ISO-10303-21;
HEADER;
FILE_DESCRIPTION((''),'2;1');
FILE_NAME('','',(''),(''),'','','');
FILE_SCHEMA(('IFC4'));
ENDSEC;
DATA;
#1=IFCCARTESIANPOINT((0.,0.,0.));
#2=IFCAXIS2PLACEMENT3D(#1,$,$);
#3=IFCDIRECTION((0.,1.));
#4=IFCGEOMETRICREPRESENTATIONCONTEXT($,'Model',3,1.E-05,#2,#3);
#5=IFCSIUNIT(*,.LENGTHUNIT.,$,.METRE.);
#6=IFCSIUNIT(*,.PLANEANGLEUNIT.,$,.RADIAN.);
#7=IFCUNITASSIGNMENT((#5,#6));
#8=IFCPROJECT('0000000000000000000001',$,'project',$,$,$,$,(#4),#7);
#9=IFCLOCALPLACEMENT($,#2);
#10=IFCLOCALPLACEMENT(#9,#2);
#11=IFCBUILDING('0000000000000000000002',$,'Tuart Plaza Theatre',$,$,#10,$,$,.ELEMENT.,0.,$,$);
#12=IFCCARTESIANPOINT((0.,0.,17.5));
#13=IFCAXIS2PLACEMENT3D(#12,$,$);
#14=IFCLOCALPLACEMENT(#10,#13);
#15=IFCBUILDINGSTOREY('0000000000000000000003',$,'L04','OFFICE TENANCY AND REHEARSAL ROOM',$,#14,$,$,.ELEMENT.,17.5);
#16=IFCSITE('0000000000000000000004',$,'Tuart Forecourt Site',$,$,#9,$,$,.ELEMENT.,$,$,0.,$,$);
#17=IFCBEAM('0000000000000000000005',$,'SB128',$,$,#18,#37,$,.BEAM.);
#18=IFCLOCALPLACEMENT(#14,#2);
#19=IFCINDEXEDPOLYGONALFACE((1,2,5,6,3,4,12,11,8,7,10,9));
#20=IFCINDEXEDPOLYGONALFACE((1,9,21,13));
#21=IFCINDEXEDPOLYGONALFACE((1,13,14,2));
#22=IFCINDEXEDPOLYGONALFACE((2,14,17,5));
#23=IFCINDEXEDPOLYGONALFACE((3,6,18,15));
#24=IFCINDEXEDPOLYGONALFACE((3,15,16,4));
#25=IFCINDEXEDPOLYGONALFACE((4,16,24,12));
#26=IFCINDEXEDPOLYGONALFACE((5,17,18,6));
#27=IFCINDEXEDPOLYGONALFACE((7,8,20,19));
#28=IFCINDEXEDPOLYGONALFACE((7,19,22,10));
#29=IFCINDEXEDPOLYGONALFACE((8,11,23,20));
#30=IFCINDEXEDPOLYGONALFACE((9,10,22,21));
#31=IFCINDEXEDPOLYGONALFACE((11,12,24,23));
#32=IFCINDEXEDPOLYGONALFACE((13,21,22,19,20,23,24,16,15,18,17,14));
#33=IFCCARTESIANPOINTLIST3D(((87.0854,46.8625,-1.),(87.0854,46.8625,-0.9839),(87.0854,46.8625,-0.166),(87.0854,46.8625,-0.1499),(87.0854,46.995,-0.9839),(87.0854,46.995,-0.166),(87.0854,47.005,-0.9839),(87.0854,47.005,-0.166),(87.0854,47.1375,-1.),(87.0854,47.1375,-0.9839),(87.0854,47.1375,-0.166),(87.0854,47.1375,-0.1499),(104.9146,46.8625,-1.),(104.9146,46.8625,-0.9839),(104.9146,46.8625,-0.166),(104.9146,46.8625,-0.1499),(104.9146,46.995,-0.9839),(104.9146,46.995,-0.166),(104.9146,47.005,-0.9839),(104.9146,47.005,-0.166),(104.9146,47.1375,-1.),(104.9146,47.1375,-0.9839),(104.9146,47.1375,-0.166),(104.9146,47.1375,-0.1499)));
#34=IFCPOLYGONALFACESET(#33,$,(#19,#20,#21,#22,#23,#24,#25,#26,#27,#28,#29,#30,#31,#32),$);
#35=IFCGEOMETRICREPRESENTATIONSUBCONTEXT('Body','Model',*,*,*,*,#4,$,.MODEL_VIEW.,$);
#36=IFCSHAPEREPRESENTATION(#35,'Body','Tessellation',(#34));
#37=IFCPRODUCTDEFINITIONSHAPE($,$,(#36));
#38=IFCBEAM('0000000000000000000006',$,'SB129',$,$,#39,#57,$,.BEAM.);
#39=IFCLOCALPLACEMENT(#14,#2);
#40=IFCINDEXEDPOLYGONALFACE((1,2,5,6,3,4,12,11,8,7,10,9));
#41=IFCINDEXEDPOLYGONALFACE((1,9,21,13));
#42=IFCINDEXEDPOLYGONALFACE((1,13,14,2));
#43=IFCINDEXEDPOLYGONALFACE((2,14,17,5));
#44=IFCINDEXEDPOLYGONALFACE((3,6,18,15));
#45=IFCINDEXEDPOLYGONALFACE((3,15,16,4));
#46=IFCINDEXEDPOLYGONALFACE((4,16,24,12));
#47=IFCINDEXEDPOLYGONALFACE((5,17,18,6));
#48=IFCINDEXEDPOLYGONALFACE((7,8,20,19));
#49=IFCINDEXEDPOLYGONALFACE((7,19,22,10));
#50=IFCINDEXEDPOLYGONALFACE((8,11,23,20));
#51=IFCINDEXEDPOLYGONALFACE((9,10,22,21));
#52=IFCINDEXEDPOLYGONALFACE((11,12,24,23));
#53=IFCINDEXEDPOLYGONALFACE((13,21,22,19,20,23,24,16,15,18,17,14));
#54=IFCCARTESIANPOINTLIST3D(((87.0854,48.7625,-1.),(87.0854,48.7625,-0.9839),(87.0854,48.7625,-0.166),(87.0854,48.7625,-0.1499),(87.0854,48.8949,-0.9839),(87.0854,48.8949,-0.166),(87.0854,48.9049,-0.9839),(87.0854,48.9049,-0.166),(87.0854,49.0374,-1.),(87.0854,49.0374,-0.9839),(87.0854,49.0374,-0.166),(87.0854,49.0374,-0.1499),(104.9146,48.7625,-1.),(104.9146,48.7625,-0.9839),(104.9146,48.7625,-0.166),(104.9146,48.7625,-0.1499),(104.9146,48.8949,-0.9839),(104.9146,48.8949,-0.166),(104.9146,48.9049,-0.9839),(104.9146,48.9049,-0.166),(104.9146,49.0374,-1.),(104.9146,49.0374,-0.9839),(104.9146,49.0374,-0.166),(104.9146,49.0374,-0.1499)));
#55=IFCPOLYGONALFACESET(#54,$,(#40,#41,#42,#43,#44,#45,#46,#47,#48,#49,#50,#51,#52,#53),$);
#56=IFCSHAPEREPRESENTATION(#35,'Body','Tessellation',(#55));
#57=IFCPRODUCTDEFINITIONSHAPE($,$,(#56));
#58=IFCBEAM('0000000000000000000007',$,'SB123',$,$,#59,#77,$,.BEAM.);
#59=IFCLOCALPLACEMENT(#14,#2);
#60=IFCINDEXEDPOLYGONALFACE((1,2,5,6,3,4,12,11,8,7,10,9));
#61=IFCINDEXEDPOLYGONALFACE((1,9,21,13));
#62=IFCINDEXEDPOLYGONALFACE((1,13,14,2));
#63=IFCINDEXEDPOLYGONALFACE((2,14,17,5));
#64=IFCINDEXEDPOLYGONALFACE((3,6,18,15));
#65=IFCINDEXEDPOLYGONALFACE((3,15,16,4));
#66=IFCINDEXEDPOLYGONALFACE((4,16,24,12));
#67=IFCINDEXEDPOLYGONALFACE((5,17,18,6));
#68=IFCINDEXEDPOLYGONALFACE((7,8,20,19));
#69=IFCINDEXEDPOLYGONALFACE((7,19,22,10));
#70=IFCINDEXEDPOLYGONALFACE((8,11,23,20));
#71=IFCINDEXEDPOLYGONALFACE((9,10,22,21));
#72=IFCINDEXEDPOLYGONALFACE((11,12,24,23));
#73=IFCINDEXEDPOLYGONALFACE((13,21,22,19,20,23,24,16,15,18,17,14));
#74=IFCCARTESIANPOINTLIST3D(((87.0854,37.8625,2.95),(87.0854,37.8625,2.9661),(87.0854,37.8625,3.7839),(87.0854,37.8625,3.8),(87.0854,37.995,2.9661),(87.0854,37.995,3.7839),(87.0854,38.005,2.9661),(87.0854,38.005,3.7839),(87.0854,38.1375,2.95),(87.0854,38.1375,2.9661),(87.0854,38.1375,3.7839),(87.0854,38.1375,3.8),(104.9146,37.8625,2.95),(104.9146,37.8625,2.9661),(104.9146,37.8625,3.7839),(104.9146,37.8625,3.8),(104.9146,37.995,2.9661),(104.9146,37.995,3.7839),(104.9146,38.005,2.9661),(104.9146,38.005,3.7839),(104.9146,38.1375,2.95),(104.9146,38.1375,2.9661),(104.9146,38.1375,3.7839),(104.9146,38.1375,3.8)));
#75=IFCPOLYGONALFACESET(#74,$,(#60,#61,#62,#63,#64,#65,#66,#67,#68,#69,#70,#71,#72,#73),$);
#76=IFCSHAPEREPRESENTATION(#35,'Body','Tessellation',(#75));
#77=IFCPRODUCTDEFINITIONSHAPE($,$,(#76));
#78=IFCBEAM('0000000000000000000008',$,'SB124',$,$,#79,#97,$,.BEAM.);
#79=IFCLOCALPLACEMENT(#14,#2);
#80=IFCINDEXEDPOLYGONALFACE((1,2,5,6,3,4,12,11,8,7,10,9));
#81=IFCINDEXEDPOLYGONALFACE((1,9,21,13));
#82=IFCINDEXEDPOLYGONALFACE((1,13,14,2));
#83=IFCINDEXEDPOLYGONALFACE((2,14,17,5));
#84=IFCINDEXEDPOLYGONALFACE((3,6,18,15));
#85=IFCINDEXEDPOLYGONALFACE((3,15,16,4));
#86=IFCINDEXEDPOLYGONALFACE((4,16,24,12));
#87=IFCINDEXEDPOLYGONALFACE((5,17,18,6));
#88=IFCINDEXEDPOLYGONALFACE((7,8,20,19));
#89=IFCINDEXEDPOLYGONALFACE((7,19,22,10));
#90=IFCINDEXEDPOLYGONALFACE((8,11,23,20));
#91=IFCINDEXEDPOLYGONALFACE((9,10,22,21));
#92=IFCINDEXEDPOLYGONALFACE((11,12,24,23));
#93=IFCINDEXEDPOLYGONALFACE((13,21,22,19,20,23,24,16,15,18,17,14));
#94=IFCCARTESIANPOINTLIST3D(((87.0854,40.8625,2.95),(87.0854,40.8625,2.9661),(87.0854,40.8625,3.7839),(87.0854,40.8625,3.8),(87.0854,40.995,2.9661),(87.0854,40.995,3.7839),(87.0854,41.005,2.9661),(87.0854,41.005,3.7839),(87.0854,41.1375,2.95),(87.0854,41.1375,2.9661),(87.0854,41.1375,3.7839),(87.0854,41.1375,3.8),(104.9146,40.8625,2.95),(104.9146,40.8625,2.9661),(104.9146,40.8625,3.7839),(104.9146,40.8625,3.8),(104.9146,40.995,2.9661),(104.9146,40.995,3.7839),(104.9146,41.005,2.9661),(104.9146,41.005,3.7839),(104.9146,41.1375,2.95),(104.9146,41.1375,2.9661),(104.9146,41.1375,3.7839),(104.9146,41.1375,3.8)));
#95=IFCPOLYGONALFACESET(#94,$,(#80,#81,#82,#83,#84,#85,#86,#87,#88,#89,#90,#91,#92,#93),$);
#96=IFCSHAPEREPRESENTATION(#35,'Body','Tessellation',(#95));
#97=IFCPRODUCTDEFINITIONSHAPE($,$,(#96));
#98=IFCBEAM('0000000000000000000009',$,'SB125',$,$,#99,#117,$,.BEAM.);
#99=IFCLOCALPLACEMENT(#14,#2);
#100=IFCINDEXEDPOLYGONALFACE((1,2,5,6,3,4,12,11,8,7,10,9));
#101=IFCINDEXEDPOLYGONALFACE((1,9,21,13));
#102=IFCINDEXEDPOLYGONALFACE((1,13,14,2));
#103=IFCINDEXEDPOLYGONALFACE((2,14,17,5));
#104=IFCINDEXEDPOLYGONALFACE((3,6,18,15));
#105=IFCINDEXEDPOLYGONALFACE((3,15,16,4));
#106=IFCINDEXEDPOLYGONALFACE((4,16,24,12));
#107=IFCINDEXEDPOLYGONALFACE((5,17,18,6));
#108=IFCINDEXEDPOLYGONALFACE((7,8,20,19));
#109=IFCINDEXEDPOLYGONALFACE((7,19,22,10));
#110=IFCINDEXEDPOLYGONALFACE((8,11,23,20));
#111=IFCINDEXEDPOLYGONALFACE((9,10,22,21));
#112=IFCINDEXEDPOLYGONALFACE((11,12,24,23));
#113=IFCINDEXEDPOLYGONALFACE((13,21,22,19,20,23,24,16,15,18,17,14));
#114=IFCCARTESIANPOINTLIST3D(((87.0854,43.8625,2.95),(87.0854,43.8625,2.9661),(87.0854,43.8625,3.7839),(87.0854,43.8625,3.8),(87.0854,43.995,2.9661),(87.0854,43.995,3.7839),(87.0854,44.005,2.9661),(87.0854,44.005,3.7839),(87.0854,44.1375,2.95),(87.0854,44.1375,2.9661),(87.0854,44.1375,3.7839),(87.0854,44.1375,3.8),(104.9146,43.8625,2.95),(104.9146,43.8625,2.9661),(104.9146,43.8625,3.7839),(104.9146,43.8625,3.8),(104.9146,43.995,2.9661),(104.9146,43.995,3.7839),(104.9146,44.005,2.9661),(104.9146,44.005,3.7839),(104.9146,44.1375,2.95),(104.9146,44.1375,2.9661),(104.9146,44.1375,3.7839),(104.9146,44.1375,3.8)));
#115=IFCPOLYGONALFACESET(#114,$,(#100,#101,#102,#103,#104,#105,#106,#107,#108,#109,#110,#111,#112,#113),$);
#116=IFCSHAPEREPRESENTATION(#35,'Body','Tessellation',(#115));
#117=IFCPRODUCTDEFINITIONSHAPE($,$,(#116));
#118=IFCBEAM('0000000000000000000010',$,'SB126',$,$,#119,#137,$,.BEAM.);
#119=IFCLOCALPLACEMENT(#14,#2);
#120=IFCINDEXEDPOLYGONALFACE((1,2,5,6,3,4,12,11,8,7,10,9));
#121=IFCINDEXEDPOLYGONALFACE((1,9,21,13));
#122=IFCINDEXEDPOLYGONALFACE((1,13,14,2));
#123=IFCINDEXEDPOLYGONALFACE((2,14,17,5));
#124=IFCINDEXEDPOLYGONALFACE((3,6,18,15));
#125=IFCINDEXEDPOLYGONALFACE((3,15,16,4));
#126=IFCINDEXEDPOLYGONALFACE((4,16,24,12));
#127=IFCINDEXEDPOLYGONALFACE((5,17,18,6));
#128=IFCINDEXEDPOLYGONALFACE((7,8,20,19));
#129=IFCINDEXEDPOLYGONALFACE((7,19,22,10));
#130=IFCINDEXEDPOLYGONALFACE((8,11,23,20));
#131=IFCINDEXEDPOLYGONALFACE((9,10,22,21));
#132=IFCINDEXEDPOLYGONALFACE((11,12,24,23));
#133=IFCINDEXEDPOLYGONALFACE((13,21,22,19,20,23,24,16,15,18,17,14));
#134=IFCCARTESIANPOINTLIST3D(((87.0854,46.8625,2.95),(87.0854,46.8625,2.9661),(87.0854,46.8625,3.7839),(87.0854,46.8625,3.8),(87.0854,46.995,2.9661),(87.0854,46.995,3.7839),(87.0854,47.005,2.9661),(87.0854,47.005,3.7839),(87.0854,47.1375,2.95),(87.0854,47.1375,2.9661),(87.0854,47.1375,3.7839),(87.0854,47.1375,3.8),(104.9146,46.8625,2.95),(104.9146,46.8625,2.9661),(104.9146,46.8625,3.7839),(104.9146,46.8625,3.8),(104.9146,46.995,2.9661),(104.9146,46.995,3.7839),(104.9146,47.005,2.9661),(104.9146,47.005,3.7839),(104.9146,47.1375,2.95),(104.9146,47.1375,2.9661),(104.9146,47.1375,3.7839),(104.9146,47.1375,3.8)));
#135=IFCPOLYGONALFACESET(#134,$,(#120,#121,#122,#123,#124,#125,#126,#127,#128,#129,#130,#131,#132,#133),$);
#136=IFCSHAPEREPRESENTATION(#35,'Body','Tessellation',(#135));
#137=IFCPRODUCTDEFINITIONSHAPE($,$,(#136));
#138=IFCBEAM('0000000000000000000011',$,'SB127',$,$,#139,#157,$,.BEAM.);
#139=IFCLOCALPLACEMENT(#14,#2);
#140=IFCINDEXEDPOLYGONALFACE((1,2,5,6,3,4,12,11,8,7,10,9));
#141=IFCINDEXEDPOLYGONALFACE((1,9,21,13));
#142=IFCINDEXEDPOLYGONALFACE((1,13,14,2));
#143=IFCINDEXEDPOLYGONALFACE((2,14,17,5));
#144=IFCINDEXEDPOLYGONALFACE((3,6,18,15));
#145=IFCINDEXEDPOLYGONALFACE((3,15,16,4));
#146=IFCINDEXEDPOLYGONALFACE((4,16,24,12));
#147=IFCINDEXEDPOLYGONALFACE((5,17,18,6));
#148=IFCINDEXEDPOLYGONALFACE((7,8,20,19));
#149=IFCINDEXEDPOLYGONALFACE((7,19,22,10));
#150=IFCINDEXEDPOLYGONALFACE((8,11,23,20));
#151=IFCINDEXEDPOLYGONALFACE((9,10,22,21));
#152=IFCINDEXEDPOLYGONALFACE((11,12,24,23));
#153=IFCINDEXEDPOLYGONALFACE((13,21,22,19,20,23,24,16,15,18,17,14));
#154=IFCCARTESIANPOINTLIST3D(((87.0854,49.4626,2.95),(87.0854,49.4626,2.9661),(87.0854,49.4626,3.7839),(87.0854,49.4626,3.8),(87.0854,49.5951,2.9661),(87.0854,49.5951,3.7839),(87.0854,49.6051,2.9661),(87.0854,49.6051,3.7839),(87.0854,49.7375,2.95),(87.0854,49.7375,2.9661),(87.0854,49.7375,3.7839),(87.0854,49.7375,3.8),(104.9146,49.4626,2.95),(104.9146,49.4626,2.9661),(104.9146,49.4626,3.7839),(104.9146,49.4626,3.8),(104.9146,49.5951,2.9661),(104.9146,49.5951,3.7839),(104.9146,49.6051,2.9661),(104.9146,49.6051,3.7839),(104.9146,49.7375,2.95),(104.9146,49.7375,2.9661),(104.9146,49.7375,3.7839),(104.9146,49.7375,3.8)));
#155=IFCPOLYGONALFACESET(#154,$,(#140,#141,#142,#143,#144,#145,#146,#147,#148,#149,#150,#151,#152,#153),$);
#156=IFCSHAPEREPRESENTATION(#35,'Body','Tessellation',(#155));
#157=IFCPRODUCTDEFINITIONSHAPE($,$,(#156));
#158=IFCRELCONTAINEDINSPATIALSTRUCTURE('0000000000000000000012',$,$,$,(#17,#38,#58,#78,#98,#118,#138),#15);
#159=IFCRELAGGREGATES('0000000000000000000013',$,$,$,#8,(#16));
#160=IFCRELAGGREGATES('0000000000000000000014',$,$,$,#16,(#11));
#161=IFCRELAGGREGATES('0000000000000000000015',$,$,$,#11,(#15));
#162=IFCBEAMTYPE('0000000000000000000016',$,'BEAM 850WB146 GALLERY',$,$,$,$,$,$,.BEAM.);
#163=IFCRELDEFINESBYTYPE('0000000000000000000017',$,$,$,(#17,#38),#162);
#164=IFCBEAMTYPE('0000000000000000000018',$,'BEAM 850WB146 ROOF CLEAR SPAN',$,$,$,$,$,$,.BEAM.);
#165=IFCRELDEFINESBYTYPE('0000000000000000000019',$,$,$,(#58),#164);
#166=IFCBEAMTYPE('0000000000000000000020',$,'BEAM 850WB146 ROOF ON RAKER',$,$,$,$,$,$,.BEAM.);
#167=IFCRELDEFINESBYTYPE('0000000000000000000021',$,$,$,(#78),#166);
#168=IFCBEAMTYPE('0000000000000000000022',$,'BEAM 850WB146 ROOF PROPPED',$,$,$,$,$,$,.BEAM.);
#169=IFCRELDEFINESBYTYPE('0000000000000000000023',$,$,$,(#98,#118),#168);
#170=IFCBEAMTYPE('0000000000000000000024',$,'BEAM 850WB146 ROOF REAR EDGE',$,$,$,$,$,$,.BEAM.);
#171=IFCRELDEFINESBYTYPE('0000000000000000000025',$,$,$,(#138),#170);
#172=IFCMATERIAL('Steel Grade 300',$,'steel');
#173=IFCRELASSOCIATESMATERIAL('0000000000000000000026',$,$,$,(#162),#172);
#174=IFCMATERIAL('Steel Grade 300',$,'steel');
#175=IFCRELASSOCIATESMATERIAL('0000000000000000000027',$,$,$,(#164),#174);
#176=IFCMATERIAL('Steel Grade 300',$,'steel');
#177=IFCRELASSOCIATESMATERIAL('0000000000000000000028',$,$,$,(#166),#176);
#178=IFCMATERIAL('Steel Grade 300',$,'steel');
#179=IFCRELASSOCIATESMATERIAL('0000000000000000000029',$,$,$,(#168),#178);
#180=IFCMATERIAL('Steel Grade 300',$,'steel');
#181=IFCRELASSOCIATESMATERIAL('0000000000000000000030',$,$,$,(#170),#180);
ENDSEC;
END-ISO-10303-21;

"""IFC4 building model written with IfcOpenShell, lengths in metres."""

from ifc_helpers import new_model, si_unit, direction, frame, origin, origin_2d, place, context, subcontext, project, spatial, i_section, extrude, material, material_profile, profile_set, type_object, element, save


model = new_model("IFC4")

# Units and contexts
model_context = context("Model", 3, precision=1e-05, world=origin(), true_north=direction((0.0, 1.0)))
body_context = subcontext(model_context, "Body", "Model", "MODEL_VIEW")
ifc_project = project(units=[si_unit("LENGTHUNIT", "METRE"), si_unit("PLANEANGLEUNIT", "RADIAN")], contexts=[model_context])

# Site, building, storey
site_placement = place(None, origin())
site = spatial("IfcSite", under=ifc_project, at=site_placement, Name="Tuart Forecourt Site", CompositionType="ELEMENT", RefElevation=0.0)
building_placement = place(site_placement, origin())
building = spatial("IfcBuilding", under=site, at=building_placement, Name="Tuart Plaza Theatre", CompositionType="ELEMENT", ElevationOfRefHeight=0.0)
storey_placement = place(building_placement, frame((0.0, 0.0, 17.5)))
storey = spatial("IfcBuildingStorey", under=building, at=storey_placement, Name="L04", Description="OFFICE TENANCY AND REHEARSAL ROOM", CompositionType="ELEMENT", Elevation=17.5)

# Beams
ifc_material_1 = material(Name="Steel Grade 300", Category="steel")
ifc_material_profile_1 = material_profile(ifc_material_1, i_section(OverallWidth=0.2749, OverallDepth=0.8501, WebThickness=0.01, FlangeThickness=0.0161, at=origin_2d()), Name="850WB146")
ifc_profile_set_1 = profile_set([ifc_material_profile_1], Name="Steel Grade 300")
beam_type_1 = type_object("IfcBeamType", Name="BEAM 850WB146 GALLERY", PredefinedType="BEAM", material=ifc_profile_set_1)
for number, where, z_axis, x_axis, name in (
    (1, (87.0854, 47.0, -0.575), (1.0, 0.0, 0.0), (0.0, 1.0, 0.0), "SB128"),
    (2, (87.0854, 48.8999, -0.575), (1.0, 0.0, 0.0), (0.0, 1.0, 0.0), "SB129"),
):
    element("IfcBeam", number, at=place(storey_placement, frame(where, z_axis=z_axis, x_axis=x_axis)), inside=storey, type_object=beam_type_1, Name=name, PredefinedType="BEAM", context=body_context, shape_type="SweptSolid", body=[
        extrude(i_section(OverallWidth=0.2749, OverallDepth=0.8501, WebThickness=0.01, FlangeThickness=0.0161, at=origin_2d()), origin(), (0.0, 0.0, 1.0), 17.8291),
    ])
ifc_material_2 = material(Name="Steel Grade 300", Category="steel")
ifc_material_profile_2 = material_profile(ifc_material_2, i_section(OverallWidth=0.2749, OverallDepth=0.8501, WebThickness=0.01, FlangeThickness=0.0161, at=origin_2d()), Name="850WB146")
ifc_profile_set_2 = profile_set([ifc_material_profile_2], Name="Steel Grade 300")
beam_type_2 = type_object("IfcBeamType", Name="BEAM 850WB146 ROOF CLEAR SPAN", PredefinedType="BEAM", material=ifc_profile_set_2)
beam_1_placement = place(storey_placement, frame((87.0854, 38.0, 3.375), z_axis=(1.0, 0.0, 0.0), x_axis=(0.0, 1.0, 0.0)))
element("IfcBeam", 3, at=beam_1_placement, inside=storey, type_object=beam_type_2, Name="SB123", PredefinedType="BEAM", context=body_context, shape_type="SweptSolid", body=[
    extrude(i_section(OverallWidth=0.2749, OverallDepth=0.8501, WebThickness=0.01, FlangeThickness=0.0161, at=origin_2d()), origin(), (0.0, 0.0, 1.0), 17.8291),
])
ifc_material_3 = material(Name="Steel Grade 300", Category="steel")
ifc_material_profile_3 = material_profile(ifc_material_3, i_section(OverallWidth=0.2749, OverallDepth=0.8501, WebThickness=0.01, FlangeThickness=0.0161, at=origin_2d()), Name="850WB146")
ifc_profile_set_3 = profile_set([ifc_material_profile_3], Name="Steel Grade 300")
beam_type_3 = type_object("IfcBeamType", Name="BEAM 850WB146 ROOF ON RAKER", PredefinedType="BEAM", material=ifc_profile_set_3)
beam_2_placement = place(storey_placement, frame((87.0854, 41.0, 3.375), z_axis=(1.0, 0.0, 0.0), x_axis=(0.0, 1.0, 0.0)))
element("IfcBeam", 4, at=beam_2_placement, inside=storey, type_object=beam_type_3, Name="SB124", PredefinedType="BEAM", context=body_context, shape_type="SweptSolid", body=[
    extrude(i_section(OverallWidth=0.2749, OverallDepth=0.8501, WebThickness=0.01, FlangeThickness=0.0161, at=origin_2d()), origin(), (0.0, 0.0, 1.0), 17.8291),
])
ifc_material_4 = material(Name="Steel Grade 300", Category="steel")
ifc_material_profile_4 = material_profile(ifc_material_4, i_section(OverallWidth=0.2749, OverallDepth=0.8501, WebThickness=0.01, FlangeThickness=0.0161, at=origin_2d()), Name="850WB146")
ifc_profile_set_4 = profile_set([ifc_material_profile_4], Name="Steel Grade 300")
beam_type_4 = type_object("IfcBeamType", Name="BEAM 850WB146 ROOF PROPPED", PredefinedType="BEAM", material=ifc_profile_set_4)
for number, where, z_axis, x_axis, name in (
    (5, (87.0854, 44.0, 3.375), (1.0, 0.0, 0.0), (0.0, 1.0, 0.0), "SB125"),
    (6, (87.0854, 47.0, 3.375), (1.0, 0.0, 0.0), (0.0, 1.0, 0.0), "SB126"),
):
    element("IfcBeam", number, at=place(storey_placement, frame(where, z_axis=z_axis, x_axis=x_axis)), inside=storey, type_object=beam_type_4, Name=name, PredefinedType="BEAM", context=body_context, shape_type="SweptSolid", body=[
        extrude(i_section(OverallWidth=0.2749, OverallDepth=0.8501, WebThickness=0.01, FlangeThickness=0.0161, at=origin_2d()), origin(), (0.0, 0.0, 1.0), 17.8291),
    ])
ifc_material_5 = material(Name="Steel Grade 300", Category="steel")
ifc_material_profile_5 = material_profile(ifc_material_5, i_section(OverallWidth=0.2749, OverallDepth=0.8501, WebThickness=0.01, FlangeThickness=0.0161, at=origin_2d()), Name="850WB146")
ifc_profile_set_5 = profile_set([ifc_material_profile_5], Name="Steel Grade 300")
beam_type_5 = type_object("IfcBeamType", Name="BEAM 850WB146 ROOF REAR EDGE", PredefinedType="BEAM", material=ifc_profile_set_5)
beam_3_placement = place(storey_placement, frame((87.0854, 49.6001, 3.375), z_axis=(1.0, 0.0, 0.0), x_axis=(0.0, 1.0, 0.0)))
element("IfcBeam", 7, at=beam_3_placement, inside=storey, type_object=beam_type_5, Name="SB127", PredefinedType="BEAM", context=body_context, shape_type="SweptSolid", body=[
    extrude(i_section(OverallWidth=0.2749, OverallDepth=0.8501, WebThickness=0.01, FlangeThickness=0.0161, at=origin_2d()), origin(), (0.0, 0.0, 1.0), 17.8291),
])

save(model, "model.ifc")
